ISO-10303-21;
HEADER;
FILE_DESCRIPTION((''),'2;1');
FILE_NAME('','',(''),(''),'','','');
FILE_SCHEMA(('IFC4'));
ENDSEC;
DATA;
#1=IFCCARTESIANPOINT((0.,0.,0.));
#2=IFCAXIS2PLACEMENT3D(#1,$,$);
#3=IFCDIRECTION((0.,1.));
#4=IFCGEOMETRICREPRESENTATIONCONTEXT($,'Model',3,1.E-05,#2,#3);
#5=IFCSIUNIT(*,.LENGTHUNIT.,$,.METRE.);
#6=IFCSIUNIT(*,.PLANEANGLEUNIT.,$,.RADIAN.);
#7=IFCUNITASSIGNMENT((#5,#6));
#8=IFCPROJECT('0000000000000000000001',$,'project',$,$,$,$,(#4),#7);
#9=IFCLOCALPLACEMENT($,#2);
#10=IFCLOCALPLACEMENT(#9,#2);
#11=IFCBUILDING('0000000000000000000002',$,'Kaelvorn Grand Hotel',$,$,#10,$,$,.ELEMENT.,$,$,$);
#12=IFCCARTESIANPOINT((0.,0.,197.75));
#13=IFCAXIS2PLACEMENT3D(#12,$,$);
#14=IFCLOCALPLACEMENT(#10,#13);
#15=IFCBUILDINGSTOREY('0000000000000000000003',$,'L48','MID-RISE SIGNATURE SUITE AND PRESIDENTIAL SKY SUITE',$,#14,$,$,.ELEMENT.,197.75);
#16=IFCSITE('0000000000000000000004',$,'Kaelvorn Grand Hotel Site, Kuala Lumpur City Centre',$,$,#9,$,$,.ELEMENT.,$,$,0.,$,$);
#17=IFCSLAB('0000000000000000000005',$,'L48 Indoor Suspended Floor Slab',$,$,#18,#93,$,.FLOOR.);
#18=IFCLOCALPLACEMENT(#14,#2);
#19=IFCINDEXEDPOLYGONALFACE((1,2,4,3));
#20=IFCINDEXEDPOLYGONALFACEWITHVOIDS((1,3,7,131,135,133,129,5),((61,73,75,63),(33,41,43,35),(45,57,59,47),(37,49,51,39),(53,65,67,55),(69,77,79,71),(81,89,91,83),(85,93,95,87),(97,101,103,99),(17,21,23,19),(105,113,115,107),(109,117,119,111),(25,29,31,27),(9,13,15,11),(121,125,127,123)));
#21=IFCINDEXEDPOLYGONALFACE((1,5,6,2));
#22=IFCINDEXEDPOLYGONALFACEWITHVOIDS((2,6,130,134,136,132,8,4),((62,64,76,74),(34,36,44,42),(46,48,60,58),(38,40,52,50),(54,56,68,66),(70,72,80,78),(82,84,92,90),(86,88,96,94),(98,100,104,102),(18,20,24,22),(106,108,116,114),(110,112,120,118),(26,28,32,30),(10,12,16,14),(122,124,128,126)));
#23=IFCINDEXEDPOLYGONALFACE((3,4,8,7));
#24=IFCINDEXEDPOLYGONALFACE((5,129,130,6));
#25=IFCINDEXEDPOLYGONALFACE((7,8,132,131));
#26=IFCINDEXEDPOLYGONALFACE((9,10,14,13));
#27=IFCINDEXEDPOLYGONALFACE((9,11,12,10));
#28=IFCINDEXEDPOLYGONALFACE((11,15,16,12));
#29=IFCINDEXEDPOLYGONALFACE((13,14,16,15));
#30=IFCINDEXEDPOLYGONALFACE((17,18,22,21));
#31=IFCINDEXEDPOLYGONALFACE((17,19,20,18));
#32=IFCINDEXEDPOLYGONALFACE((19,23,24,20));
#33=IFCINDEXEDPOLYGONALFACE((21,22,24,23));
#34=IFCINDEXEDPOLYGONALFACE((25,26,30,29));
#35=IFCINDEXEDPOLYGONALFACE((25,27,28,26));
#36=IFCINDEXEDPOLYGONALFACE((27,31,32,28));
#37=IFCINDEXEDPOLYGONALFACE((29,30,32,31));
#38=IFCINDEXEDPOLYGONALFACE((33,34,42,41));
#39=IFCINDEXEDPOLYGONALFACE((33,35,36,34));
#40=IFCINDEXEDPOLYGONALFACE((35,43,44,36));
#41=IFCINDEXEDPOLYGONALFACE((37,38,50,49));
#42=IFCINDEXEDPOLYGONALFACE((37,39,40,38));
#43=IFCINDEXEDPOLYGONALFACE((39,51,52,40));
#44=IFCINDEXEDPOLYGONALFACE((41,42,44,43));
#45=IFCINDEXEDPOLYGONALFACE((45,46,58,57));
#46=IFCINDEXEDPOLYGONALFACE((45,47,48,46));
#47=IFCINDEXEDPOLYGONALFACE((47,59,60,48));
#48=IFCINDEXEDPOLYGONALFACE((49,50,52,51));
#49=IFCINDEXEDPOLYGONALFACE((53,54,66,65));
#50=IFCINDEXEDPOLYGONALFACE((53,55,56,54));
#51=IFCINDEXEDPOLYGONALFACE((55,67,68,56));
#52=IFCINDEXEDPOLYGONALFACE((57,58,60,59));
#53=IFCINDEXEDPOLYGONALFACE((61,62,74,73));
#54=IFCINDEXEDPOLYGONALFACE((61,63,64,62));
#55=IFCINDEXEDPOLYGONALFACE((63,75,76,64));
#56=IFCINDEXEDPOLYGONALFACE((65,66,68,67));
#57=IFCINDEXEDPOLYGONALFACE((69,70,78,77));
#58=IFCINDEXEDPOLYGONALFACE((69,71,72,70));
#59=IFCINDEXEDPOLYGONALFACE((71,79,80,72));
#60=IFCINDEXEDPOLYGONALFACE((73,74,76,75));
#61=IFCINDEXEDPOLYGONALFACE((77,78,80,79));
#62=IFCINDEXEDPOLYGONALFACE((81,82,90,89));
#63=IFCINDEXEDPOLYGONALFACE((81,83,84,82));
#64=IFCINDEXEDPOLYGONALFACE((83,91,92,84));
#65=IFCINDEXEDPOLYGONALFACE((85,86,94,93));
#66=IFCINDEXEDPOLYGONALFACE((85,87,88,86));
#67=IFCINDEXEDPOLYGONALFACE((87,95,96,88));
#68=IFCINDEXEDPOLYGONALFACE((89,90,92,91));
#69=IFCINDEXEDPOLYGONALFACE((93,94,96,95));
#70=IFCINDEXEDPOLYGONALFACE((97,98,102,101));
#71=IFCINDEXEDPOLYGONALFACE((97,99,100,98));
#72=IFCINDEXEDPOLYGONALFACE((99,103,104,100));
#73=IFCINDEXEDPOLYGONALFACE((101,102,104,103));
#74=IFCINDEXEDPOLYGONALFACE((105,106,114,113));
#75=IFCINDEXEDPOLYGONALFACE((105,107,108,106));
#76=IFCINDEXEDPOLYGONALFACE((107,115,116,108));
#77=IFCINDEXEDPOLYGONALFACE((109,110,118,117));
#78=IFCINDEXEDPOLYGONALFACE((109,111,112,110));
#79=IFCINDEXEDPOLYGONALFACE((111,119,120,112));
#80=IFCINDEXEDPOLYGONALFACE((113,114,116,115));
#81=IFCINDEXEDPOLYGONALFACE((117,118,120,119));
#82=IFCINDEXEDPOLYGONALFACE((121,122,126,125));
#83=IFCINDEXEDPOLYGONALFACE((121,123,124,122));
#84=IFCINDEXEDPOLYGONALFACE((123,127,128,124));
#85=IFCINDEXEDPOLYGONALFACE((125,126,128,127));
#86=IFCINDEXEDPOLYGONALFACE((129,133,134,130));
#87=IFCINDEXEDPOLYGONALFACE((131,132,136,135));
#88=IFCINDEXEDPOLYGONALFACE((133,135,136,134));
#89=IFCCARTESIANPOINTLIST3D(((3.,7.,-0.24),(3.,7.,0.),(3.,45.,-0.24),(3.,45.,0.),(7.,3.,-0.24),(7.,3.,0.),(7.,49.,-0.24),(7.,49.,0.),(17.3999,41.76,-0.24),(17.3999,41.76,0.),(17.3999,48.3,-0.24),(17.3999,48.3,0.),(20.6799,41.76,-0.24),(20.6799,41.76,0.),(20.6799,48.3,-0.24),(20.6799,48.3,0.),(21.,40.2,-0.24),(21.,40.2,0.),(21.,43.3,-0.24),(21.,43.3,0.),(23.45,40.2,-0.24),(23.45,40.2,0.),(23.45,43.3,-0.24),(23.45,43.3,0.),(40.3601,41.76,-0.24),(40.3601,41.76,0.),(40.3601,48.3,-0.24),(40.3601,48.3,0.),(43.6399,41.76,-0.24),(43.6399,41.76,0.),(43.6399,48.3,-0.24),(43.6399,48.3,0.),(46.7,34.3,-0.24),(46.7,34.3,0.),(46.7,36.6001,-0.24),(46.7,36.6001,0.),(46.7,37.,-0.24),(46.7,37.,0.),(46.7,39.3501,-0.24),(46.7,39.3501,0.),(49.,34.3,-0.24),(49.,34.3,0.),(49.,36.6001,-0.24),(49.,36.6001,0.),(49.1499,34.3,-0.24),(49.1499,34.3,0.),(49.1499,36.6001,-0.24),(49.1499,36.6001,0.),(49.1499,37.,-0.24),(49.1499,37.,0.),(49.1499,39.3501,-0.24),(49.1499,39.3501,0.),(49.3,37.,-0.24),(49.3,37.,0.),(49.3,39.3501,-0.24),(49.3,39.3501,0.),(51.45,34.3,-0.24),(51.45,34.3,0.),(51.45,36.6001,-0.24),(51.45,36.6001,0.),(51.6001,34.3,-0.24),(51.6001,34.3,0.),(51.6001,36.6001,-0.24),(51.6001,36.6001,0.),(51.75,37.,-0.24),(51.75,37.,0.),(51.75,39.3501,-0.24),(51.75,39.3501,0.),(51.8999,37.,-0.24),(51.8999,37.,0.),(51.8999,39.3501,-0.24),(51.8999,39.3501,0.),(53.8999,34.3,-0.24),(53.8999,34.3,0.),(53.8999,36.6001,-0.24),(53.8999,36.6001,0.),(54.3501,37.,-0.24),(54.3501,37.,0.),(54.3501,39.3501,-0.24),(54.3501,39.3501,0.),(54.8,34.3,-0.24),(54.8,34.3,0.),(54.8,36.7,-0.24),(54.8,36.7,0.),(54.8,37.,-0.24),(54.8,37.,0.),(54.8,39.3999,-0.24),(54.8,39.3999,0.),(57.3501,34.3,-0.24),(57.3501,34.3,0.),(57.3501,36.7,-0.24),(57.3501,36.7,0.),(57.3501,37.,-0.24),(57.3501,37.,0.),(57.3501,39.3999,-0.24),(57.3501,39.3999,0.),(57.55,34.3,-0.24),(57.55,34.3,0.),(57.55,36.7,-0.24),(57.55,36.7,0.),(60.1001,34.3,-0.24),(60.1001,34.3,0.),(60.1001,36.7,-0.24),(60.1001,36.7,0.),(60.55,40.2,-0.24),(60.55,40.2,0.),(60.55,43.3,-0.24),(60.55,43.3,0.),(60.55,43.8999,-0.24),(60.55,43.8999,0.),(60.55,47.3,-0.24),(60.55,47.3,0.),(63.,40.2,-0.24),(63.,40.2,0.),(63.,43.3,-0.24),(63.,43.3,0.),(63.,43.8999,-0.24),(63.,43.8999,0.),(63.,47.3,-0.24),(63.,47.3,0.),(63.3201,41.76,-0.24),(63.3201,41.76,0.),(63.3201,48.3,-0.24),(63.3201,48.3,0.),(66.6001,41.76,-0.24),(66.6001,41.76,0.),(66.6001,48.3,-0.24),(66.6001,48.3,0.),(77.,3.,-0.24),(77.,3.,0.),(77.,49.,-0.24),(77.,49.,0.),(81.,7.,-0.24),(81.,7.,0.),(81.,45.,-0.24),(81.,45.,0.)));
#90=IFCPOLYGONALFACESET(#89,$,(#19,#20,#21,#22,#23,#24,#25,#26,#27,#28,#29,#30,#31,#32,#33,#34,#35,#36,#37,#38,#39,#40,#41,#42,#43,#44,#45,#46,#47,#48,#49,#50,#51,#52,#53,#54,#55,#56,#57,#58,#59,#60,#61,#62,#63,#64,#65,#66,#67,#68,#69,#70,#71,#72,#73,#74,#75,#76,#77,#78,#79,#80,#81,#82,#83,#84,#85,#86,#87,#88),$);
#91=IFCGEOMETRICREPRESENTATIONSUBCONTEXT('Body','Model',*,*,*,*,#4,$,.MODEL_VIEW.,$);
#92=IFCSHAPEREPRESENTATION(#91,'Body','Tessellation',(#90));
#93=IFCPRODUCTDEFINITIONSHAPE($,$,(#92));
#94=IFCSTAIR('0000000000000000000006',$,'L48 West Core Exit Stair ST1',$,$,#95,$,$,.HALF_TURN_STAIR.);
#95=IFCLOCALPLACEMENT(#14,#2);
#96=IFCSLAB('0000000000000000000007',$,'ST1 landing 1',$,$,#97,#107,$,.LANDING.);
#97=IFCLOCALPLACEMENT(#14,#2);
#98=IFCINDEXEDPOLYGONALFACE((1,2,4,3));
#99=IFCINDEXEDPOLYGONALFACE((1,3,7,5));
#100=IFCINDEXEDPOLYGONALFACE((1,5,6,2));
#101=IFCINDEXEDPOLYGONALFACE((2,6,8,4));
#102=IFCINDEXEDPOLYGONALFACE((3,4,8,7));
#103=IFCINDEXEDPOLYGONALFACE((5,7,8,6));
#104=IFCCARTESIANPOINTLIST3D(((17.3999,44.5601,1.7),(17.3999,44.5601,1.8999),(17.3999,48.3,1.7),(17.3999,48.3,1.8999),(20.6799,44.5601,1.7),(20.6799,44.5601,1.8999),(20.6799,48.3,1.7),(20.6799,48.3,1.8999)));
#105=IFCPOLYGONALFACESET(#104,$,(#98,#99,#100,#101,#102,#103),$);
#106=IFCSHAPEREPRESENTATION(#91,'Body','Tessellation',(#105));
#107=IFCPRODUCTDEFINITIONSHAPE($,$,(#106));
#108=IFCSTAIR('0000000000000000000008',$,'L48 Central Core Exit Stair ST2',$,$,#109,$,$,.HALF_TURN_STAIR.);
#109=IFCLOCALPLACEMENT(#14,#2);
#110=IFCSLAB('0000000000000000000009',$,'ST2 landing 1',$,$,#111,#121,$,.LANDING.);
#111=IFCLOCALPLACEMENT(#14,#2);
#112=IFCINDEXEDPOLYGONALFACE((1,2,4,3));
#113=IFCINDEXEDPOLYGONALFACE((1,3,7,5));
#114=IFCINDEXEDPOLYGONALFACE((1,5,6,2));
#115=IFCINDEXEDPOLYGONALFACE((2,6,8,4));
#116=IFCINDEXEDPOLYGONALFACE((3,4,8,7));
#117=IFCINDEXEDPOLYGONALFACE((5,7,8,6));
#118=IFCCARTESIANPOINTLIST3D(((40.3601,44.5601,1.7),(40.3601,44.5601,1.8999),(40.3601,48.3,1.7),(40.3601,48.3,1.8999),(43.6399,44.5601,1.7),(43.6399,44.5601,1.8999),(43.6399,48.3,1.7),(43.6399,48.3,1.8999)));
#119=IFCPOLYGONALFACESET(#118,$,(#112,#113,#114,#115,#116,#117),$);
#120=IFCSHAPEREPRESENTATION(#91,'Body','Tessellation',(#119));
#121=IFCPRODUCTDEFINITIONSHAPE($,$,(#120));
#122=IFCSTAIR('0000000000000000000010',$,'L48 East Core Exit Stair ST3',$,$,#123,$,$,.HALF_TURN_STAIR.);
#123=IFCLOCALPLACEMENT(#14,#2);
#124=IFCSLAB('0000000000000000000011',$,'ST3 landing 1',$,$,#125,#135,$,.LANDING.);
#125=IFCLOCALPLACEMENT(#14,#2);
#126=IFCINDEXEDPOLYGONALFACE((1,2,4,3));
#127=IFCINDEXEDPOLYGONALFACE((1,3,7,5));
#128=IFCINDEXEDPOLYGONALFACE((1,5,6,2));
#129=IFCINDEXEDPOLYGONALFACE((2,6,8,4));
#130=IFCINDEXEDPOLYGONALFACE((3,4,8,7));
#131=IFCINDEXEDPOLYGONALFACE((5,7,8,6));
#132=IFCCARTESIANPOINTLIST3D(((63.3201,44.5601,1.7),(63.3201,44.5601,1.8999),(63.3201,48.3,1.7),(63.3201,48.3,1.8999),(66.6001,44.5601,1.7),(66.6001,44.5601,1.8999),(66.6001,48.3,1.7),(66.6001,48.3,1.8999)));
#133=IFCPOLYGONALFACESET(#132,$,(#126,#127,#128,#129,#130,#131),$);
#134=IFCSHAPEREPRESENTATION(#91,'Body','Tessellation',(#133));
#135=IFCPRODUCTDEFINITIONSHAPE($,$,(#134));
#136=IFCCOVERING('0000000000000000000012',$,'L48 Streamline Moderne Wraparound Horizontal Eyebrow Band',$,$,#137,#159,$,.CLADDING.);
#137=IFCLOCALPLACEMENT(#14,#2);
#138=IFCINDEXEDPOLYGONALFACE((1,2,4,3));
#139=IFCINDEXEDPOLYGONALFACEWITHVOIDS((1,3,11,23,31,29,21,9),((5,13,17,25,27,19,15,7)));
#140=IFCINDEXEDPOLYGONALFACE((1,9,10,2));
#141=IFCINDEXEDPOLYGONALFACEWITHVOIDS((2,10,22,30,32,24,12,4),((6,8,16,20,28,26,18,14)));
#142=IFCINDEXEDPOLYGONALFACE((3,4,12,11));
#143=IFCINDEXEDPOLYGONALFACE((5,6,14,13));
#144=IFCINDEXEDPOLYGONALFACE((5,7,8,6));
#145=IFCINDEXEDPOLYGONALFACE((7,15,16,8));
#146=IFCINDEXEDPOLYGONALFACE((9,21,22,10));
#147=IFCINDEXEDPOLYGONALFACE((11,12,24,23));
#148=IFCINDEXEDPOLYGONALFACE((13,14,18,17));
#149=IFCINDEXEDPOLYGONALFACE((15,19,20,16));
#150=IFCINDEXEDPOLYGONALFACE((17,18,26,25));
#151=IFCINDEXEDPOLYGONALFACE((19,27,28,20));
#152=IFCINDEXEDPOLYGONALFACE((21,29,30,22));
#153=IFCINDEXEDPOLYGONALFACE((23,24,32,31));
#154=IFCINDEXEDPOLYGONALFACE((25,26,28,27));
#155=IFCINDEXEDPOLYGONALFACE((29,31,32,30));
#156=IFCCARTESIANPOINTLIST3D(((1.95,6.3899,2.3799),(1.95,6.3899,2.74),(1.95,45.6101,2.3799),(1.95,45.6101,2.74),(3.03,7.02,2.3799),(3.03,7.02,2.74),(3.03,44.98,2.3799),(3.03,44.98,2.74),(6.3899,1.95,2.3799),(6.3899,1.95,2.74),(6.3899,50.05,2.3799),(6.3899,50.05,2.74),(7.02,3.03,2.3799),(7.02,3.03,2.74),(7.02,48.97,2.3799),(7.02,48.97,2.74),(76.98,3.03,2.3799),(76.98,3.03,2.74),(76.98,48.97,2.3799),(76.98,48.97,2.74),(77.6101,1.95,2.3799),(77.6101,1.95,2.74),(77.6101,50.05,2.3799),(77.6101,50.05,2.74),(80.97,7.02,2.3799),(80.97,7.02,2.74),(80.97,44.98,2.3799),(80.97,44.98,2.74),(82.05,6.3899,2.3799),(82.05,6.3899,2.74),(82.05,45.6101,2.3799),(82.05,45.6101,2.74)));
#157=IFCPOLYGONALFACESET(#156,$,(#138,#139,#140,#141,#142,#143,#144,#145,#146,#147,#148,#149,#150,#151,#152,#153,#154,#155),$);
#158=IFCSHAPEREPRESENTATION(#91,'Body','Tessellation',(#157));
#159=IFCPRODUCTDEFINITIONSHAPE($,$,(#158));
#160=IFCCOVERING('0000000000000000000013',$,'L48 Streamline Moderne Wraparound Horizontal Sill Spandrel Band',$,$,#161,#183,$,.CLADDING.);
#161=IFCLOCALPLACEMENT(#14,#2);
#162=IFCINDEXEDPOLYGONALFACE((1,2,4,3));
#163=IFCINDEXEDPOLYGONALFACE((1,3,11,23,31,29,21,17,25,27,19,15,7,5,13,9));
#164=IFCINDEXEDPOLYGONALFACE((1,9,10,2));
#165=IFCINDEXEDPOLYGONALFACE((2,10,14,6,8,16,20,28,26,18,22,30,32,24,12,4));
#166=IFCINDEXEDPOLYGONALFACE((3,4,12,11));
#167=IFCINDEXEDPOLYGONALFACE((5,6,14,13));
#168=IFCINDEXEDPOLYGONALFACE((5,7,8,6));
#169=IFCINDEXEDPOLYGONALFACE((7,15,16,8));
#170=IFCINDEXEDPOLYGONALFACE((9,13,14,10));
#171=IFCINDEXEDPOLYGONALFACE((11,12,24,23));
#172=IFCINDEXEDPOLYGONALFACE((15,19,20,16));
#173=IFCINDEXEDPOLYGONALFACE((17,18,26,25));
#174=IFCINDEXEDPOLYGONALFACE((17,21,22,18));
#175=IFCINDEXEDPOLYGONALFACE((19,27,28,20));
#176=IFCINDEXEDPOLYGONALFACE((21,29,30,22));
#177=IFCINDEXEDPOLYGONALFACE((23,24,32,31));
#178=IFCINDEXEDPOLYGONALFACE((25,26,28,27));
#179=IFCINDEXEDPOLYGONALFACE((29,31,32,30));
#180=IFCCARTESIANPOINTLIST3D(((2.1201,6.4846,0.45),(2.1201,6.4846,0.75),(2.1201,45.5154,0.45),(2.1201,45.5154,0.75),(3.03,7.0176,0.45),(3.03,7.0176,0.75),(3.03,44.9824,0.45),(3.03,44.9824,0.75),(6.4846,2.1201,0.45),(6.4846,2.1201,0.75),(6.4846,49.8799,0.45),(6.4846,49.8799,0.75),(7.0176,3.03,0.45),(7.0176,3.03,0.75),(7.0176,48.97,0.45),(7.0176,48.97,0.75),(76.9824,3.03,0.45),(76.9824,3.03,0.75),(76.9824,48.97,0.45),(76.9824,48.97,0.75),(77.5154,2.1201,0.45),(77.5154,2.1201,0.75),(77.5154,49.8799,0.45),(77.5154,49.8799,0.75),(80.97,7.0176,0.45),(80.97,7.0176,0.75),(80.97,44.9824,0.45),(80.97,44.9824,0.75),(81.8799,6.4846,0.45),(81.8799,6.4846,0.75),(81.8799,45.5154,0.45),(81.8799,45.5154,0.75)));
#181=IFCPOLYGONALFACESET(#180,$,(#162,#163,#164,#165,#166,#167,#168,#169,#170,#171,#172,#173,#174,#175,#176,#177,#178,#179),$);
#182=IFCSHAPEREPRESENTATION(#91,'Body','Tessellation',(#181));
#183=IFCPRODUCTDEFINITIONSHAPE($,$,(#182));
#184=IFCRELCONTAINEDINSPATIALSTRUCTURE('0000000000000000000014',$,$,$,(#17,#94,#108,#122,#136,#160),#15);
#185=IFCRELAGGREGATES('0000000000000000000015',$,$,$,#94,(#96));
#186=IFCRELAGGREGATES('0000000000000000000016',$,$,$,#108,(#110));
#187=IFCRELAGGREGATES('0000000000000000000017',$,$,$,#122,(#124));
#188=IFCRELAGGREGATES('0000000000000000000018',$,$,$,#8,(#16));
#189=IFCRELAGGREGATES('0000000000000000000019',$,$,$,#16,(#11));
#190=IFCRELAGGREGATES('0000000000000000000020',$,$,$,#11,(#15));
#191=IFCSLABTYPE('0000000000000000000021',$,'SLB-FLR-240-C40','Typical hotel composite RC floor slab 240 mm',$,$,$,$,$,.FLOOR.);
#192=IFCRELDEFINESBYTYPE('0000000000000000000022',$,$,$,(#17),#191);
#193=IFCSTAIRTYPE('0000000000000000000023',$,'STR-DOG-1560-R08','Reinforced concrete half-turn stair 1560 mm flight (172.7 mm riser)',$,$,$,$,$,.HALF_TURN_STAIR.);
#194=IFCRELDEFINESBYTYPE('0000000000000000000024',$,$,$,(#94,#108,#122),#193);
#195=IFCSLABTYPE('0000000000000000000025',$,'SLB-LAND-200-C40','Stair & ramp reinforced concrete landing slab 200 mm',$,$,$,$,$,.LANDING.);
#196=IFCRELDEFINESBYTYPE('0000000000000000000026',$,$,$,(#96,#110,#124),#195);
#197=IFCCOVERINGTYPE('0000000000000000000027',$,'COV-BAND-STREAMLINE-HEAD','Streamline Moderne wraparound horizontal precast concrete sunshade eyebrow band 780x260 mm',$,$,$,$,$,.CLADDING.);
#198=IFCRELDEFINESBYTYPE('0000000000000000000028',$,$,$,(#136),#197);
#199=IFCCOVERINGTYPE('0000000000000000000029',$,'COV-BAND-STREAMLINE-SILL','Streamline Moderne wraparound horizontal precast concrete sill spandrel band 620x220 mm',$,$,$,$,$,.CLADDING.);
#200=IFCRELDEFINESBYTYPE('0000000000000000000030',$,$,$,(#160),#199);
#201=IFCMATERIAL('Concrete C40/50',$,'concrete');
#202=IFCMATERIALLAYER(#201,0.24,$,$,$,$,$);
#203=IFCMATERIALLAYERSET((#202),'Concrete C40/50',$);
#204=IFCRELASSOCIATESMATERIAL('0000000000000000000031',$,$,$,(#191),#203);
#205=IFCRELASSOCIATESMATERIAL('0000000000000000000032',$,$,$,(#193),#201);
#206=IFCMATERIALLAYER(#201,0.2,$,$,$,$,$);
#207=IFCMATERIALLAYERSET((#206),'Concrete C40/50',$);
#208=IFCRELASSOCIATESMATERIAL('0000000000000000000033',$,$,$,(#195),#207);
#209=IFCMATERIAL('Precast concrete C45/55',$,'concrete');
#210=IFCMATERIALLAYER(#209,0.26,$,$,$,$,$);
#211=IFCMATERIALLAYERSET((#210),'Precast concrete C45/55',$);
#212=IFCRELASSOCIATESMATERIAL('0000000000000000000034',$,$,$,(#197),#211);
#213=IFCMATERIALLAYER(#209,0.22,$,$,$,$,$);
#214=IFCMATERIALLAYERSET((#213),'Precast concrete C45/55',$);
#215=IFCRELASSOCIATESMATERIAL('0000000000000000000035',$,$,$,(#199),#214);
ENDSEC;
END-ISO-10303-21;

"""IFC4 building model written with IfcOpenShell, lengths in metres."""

from ifc_helpers import new_model, si_unit, direction, frame, origin, place, context, subcontext, project, spatial, polyline, outline, extrude, material, layer, layer_set, type_object, element, aggregate, save


model = new_model("IFC4")

# Units and contexts
model_context = context("Model", 3, precision=1e-05, world=origin(), true_north=direction((0.0, 1.0)))
body_context = subcontext(model_context, "Body", "Model", "MODEL_VIEW")
ifc_project = project(units=[si_unit("LENGTHUNIT", "METRE"), si_unit("PLANEANGLEUNIT", "RADIAN")], contexts=[model_context])

# Site, building, storey
site_placement = place(None, origin())
site = spatial("IfcSite", under=ifc_project, at=site_placement, Name="Kaelvorn Grand Hotel Site, Kuala Lumpur City Centre", CompositionType="ELEMENT", RefElevation=0.0)
building_placement = place(site_placement, origin())
building = spatial("IfcBuilding", under=site, at=building_placement, Name="Kaelvorn Grand Hotel", CompositionType="ELEMENT")
storey_placement = place(building_placement, frame((0.0, 0.0, 197.75)))
storey = spatial("IfcBuildingStorey", under=building, at=storey_placement, Name="L48", Description="MID-RISE SIGNATURE SUITE AND PRESIDENTIAL SKY SUITE", CompositionType="ELEMENT", Elevation=197.75)

# Slab
ifc_material_1 = material(Name="Concrete C40/50", Category="concrete")
ifc_layer_1 = layer(ifc_material_1, 0.24)
ifc_layer_set_1 = layer_set([ifc_layer_1], Name="Concrete C40/50")
slab_type_1 = type_object("IfcSlabType", Name="SLB-FLR-240-C40", Description="Typical hotel composite RC floor slab 240 mm", PredefinedType="FLOOR", material=ifc_layer_set_1)
slab_1_placement = place(storey_placement, frame((0.0, 0.0, -0.24)))
element("IfcSlab", 1, at=slab_1_placement, inside=storey, type_object=slab_type_1, Name="L48 Indoor Suspended Floor Slab", PredefinedType="FLOOR", context=body_context, shape_type="SweptSolid", body=[
    extrude(outline(polyline([(7.0, 3.0), (77.0, 3.0), (81.0, 7.0), (81.0, 45.0), (77.0, 49.0), (7.0, 49.0), (3.0, 45.0), (3.0, 7.0), (7.0, 3.0)]), holes=[polyline([(17.3999, 41.76), (17.3999, 48.3), (20.6799, 48.3), (20.6799, 41.76), (17.3999, 41.76)]), polyline([(40.3601, 41.76), (40.3601, 48.3), (43.6399, 48.3), (43.6399, 41.76), (40.3601, 41.76)]), polyline([(63.3201, 41.76), (63.3201, 48.3), (66.6001, 48.3), (66.6001, 41.76), (63.3201, 41.76)]), polyline([(46.7, 34.3), (46.7, 36.6001), (49.0, 36.6001), (49.0, 34.3), (46.7, 34.3)]), polyline([(49.1499, 34.3), (49.1499, 36.6001), (51.45, 36.6001), (51.45, 34.3), (49.1499, 34.3)]), polyline([(51.6001, 34.3), (51.6001, 36.6001), (53.8999, 36.6001), (53.8999, 34.3), (51.6001, 34.3)]), polyline([(46.7, 37.0), (46.7, 39.3501), (49.1499, 39.3501), (49.1499, 37.0), (46.7, 37.0)]), polyline([(49.3, 37.0), (49.3, 39.3501), (51.75, 39.3501), (51.75, 37.0), (49.3, 37.0)]), polyline([(51.8999, 37.0), (51.8999, 39.3501), (54.3501, 39.3501), (54.3501, 37.0), (51.8999, 37.0)]), polyline([(54.8, 34.3), (54.8, 36.7), (57.3501, 36.7), (57.3501, 34.3), (54.8, 34.3)]), polyline([(57.55, 34.3), (57.55, 36.7), (60.1001, 36.7), (60.1001, 34.3), (57.55, 34.3)]), polyline([(54.8, 37.0), (54.8, 39.3999), (57.3501, 39.3999), (57.3501, 37.0), (54.8, 37.0)]), polyline([(21.0, 40.2), (21.0, 43.3), (23.45, 43.3), (23.45, 40.2), (21.0, 40.2)]), polyline([(60.55, 40.2), (60.55, 43.3), (63.0, 43.3), (63.0, 40.2), (60.55, 40.2)]), polyline([(60.55, 43.8999), (60.55, 47.3), (63.0, 47.3), (63.0, 43.8999), (60.55, 43.8999)])]), origin(), (0.0, 0.0, 1.0), 0.24),
])

# Stairs, slabs
stair_type = type_object("IfcStairType", Name="STR-DOG-1560-R08", Description="Reinforced concrete half-turn stair 1560 mm flight (172.7 mm riser)", PredefinedType="HALF_TURN_STAIR", material=ifc_material_1)
stair_1_placement = place(storey_placement, origin())
stair_1 = element("IfcStair", 2, at=stair_1_placement, inside=storey, type_object=stair_type, Name="L48 West Core Exit Stair ST1", PredefinedType="HALF_TURN_STAIR")
ifc_layer_2 = layer(ifc_material_1, 0.2)
ifc_layer_set_2 = layer_set([ifc_layer_2], Name="Concrete C40/50")
slab_type_2 = type_object("IfcSlabType", Name="SLB-LAND-200-C40", Description="Stair & ramp reinforced concrete landing slab 200 mm", PredefinedType="LANDING", material=ifc_layer_set_2)
slab_2_placement = place(storey_placement, frame((0.0, 0.0, 1.7)))
slab_2 = element("IfcSlab", 3, at=slab_2_placement, type_object=slab_type_2, Name="ST1 landing 1", PredefinedType="LANDING", context=body_context, shape_type="SweptSolid", body=[
    extrude(outline(polyline([(20.6799, 44.5601), (20.6799, 48.3), (17.3999, 48.3), (17.3999, 44.5601), (20.6799, 44.5601)])), origin(), (0.0, 0.0, 1.0), 0.2),
])
aggregate(stair_1, [slab_2])
stair_2_placement = place(storey_placement, origin())
stair_2 = element("IfcStair", 4, at=stair_2_placement, inside=storey, type_object=stair_type, Name="L48 Central Core Exit Stair ST2", PredefinedType="HALF_TURN_STAIR")
slab_3_placement = place(storey_placement, frame((0.0, 0.0, 1.7)))
slab_3 = element("IfcSlab", 5, at=slab_3_placement, type_object=slab_type_2, Name="ST2 landing 1", PredefinedType="LANDING", context=body_context, shape_type="SweptSolid", body=[
    extrude(outline(polyline([(43.6399, 44.5601), (43.6399, 48.3), (40.3601, 48.3), (40.3601, 44.5601), (43.6399, 44.5601)])), origin(), (0.0, 0.0, 1.0), 0.2),
])
aggregate(stair_2, [slab_3])
stair_3_placement = place(storey_placement, origin())
stair_3 = element("IfcStair", 6, at=stair_3_placement, inside=storey, type_object=stair_type, Name="L48 East Core Exit Stair ST3", PredefinedType="HALF_TURN_STAIR")
slab_4_placement = place(storey_placement, frame((0.0, 0.0, 1.7)))
slab_4 = element("IfcSlab", 7, at=slab_4_placement, type_object=slab_type_2, Name="ST3 landing 1", PredefinedType="LANDING", context=body_context, shape_type="SweptSolid", body=[
    extrude(outline(polyline([(66.6001, 44.5601), (66.6001, 48.3), (63.3201, 48.3), (63.3201, 44.5601), (66.6001, 44.5601)])), origin(), (0.0, 0.0, 1.0), 0.2),
])
aggregate(stair_3, [slab_4])

# Coverings
ifc_material_2 = material(Name="Precast concrete C45/55", Category="concrete")
ifc_layer_3 = layer(ifc_material_2, 0.26)
ifc_layer_set_3 = layer_set([ifc_layer_3], Name="Precast concrete C45/55")
covering_type_1 = type_object("IfcCoveringType", Name="COV-BAND-STREAMLINE-HEAD", Description="Streamline Moderne wraparound horizontal precast concrete sunshade eyebrow band 780x260 mm", PredefinedType="CLADDING", material=ifc_layer_set_3)
covering_1_placement = place(storey_placement, frame((0.0, 0.0, 2.3799)))
element("IfcCovering", 8, at=covering_1_placement, inside=storey, type_object=covering_type_1, Name="L48 Streamline Moderne Wraparound Horizontal Eyebrow Band", PredefinedType="CLADDING", context=body_context, shape_type="SweptSolid", body=[
    extrude(outline(polyline([(6.3899, 1.95), (77.6101, 1.95), (82.05, 6.3899), (82.05, 45.6101), (77.6101, 50.05), (6.3899, 50.05), (1.95, 45.6101), (1.95, 6.3899), (6.3899, 1.95)]), holes=[polyline([(7.02, 3.03), (76.98, 3.03), (80.97, 7.02), (80.97, 44.98), (76.98, 48.97), (7.02, 48.97), (3.03, 44.98), (3.03, 7.02), (7.02, 3.03)])]), origin(), (0.0, 0.0, 1.0), 0.3601),
])
ifc_layer_4 = layer(ifc_material_2, 0.22)
ifc_layer_set_4 = layer_set([ifc_layer_4], Name="Precast concrete C45/55")
covering_type_2 = type_object("IfcCoveringType", Name="COV-BAND-STREAMLINE-SILL", Description="Streamline Moderne wraparound horizontal precast concrete sill spandrel band 620x220 mm", PredefinedType="CLADDING", material=ifc_layer_set_4)
covering_2_placement = place(storey_placement, frame((0.0, 0.0, 0.45)))
element("IfcCovering", 9, at=covering_2_placement, inside=storey, type_object=covering_type_2, Name="L48 Streamline Moderne Wraparound Horizontal Sill Spandrel Band", PredefinedType="CLADDING", context=body_context, shape_type="SweptSolid", body=[
    extrude(outline(polyline([(77.5154, 2.1201), (81.8799, 6.4846), (81.8799, 45.5154), (77.5154, 49.8799), (6.4846, 49.8799), (2.1201, 45.5154), (2.1201, 6.4846), (6.4846, 2.1201), (7.0176, 3.03), (3.03, 7.0176), (3.03, 44.9824), (7.0176, 48.97), (76.9824, 48.97), (80.97, 44.9824), (80.97, 7.0176), (76.9824, 3.03), (77.5154, 2.1201)])), origin(), (0.0, 0.0, 1.0), 0.3),
])

save(model, "model.ifc")
